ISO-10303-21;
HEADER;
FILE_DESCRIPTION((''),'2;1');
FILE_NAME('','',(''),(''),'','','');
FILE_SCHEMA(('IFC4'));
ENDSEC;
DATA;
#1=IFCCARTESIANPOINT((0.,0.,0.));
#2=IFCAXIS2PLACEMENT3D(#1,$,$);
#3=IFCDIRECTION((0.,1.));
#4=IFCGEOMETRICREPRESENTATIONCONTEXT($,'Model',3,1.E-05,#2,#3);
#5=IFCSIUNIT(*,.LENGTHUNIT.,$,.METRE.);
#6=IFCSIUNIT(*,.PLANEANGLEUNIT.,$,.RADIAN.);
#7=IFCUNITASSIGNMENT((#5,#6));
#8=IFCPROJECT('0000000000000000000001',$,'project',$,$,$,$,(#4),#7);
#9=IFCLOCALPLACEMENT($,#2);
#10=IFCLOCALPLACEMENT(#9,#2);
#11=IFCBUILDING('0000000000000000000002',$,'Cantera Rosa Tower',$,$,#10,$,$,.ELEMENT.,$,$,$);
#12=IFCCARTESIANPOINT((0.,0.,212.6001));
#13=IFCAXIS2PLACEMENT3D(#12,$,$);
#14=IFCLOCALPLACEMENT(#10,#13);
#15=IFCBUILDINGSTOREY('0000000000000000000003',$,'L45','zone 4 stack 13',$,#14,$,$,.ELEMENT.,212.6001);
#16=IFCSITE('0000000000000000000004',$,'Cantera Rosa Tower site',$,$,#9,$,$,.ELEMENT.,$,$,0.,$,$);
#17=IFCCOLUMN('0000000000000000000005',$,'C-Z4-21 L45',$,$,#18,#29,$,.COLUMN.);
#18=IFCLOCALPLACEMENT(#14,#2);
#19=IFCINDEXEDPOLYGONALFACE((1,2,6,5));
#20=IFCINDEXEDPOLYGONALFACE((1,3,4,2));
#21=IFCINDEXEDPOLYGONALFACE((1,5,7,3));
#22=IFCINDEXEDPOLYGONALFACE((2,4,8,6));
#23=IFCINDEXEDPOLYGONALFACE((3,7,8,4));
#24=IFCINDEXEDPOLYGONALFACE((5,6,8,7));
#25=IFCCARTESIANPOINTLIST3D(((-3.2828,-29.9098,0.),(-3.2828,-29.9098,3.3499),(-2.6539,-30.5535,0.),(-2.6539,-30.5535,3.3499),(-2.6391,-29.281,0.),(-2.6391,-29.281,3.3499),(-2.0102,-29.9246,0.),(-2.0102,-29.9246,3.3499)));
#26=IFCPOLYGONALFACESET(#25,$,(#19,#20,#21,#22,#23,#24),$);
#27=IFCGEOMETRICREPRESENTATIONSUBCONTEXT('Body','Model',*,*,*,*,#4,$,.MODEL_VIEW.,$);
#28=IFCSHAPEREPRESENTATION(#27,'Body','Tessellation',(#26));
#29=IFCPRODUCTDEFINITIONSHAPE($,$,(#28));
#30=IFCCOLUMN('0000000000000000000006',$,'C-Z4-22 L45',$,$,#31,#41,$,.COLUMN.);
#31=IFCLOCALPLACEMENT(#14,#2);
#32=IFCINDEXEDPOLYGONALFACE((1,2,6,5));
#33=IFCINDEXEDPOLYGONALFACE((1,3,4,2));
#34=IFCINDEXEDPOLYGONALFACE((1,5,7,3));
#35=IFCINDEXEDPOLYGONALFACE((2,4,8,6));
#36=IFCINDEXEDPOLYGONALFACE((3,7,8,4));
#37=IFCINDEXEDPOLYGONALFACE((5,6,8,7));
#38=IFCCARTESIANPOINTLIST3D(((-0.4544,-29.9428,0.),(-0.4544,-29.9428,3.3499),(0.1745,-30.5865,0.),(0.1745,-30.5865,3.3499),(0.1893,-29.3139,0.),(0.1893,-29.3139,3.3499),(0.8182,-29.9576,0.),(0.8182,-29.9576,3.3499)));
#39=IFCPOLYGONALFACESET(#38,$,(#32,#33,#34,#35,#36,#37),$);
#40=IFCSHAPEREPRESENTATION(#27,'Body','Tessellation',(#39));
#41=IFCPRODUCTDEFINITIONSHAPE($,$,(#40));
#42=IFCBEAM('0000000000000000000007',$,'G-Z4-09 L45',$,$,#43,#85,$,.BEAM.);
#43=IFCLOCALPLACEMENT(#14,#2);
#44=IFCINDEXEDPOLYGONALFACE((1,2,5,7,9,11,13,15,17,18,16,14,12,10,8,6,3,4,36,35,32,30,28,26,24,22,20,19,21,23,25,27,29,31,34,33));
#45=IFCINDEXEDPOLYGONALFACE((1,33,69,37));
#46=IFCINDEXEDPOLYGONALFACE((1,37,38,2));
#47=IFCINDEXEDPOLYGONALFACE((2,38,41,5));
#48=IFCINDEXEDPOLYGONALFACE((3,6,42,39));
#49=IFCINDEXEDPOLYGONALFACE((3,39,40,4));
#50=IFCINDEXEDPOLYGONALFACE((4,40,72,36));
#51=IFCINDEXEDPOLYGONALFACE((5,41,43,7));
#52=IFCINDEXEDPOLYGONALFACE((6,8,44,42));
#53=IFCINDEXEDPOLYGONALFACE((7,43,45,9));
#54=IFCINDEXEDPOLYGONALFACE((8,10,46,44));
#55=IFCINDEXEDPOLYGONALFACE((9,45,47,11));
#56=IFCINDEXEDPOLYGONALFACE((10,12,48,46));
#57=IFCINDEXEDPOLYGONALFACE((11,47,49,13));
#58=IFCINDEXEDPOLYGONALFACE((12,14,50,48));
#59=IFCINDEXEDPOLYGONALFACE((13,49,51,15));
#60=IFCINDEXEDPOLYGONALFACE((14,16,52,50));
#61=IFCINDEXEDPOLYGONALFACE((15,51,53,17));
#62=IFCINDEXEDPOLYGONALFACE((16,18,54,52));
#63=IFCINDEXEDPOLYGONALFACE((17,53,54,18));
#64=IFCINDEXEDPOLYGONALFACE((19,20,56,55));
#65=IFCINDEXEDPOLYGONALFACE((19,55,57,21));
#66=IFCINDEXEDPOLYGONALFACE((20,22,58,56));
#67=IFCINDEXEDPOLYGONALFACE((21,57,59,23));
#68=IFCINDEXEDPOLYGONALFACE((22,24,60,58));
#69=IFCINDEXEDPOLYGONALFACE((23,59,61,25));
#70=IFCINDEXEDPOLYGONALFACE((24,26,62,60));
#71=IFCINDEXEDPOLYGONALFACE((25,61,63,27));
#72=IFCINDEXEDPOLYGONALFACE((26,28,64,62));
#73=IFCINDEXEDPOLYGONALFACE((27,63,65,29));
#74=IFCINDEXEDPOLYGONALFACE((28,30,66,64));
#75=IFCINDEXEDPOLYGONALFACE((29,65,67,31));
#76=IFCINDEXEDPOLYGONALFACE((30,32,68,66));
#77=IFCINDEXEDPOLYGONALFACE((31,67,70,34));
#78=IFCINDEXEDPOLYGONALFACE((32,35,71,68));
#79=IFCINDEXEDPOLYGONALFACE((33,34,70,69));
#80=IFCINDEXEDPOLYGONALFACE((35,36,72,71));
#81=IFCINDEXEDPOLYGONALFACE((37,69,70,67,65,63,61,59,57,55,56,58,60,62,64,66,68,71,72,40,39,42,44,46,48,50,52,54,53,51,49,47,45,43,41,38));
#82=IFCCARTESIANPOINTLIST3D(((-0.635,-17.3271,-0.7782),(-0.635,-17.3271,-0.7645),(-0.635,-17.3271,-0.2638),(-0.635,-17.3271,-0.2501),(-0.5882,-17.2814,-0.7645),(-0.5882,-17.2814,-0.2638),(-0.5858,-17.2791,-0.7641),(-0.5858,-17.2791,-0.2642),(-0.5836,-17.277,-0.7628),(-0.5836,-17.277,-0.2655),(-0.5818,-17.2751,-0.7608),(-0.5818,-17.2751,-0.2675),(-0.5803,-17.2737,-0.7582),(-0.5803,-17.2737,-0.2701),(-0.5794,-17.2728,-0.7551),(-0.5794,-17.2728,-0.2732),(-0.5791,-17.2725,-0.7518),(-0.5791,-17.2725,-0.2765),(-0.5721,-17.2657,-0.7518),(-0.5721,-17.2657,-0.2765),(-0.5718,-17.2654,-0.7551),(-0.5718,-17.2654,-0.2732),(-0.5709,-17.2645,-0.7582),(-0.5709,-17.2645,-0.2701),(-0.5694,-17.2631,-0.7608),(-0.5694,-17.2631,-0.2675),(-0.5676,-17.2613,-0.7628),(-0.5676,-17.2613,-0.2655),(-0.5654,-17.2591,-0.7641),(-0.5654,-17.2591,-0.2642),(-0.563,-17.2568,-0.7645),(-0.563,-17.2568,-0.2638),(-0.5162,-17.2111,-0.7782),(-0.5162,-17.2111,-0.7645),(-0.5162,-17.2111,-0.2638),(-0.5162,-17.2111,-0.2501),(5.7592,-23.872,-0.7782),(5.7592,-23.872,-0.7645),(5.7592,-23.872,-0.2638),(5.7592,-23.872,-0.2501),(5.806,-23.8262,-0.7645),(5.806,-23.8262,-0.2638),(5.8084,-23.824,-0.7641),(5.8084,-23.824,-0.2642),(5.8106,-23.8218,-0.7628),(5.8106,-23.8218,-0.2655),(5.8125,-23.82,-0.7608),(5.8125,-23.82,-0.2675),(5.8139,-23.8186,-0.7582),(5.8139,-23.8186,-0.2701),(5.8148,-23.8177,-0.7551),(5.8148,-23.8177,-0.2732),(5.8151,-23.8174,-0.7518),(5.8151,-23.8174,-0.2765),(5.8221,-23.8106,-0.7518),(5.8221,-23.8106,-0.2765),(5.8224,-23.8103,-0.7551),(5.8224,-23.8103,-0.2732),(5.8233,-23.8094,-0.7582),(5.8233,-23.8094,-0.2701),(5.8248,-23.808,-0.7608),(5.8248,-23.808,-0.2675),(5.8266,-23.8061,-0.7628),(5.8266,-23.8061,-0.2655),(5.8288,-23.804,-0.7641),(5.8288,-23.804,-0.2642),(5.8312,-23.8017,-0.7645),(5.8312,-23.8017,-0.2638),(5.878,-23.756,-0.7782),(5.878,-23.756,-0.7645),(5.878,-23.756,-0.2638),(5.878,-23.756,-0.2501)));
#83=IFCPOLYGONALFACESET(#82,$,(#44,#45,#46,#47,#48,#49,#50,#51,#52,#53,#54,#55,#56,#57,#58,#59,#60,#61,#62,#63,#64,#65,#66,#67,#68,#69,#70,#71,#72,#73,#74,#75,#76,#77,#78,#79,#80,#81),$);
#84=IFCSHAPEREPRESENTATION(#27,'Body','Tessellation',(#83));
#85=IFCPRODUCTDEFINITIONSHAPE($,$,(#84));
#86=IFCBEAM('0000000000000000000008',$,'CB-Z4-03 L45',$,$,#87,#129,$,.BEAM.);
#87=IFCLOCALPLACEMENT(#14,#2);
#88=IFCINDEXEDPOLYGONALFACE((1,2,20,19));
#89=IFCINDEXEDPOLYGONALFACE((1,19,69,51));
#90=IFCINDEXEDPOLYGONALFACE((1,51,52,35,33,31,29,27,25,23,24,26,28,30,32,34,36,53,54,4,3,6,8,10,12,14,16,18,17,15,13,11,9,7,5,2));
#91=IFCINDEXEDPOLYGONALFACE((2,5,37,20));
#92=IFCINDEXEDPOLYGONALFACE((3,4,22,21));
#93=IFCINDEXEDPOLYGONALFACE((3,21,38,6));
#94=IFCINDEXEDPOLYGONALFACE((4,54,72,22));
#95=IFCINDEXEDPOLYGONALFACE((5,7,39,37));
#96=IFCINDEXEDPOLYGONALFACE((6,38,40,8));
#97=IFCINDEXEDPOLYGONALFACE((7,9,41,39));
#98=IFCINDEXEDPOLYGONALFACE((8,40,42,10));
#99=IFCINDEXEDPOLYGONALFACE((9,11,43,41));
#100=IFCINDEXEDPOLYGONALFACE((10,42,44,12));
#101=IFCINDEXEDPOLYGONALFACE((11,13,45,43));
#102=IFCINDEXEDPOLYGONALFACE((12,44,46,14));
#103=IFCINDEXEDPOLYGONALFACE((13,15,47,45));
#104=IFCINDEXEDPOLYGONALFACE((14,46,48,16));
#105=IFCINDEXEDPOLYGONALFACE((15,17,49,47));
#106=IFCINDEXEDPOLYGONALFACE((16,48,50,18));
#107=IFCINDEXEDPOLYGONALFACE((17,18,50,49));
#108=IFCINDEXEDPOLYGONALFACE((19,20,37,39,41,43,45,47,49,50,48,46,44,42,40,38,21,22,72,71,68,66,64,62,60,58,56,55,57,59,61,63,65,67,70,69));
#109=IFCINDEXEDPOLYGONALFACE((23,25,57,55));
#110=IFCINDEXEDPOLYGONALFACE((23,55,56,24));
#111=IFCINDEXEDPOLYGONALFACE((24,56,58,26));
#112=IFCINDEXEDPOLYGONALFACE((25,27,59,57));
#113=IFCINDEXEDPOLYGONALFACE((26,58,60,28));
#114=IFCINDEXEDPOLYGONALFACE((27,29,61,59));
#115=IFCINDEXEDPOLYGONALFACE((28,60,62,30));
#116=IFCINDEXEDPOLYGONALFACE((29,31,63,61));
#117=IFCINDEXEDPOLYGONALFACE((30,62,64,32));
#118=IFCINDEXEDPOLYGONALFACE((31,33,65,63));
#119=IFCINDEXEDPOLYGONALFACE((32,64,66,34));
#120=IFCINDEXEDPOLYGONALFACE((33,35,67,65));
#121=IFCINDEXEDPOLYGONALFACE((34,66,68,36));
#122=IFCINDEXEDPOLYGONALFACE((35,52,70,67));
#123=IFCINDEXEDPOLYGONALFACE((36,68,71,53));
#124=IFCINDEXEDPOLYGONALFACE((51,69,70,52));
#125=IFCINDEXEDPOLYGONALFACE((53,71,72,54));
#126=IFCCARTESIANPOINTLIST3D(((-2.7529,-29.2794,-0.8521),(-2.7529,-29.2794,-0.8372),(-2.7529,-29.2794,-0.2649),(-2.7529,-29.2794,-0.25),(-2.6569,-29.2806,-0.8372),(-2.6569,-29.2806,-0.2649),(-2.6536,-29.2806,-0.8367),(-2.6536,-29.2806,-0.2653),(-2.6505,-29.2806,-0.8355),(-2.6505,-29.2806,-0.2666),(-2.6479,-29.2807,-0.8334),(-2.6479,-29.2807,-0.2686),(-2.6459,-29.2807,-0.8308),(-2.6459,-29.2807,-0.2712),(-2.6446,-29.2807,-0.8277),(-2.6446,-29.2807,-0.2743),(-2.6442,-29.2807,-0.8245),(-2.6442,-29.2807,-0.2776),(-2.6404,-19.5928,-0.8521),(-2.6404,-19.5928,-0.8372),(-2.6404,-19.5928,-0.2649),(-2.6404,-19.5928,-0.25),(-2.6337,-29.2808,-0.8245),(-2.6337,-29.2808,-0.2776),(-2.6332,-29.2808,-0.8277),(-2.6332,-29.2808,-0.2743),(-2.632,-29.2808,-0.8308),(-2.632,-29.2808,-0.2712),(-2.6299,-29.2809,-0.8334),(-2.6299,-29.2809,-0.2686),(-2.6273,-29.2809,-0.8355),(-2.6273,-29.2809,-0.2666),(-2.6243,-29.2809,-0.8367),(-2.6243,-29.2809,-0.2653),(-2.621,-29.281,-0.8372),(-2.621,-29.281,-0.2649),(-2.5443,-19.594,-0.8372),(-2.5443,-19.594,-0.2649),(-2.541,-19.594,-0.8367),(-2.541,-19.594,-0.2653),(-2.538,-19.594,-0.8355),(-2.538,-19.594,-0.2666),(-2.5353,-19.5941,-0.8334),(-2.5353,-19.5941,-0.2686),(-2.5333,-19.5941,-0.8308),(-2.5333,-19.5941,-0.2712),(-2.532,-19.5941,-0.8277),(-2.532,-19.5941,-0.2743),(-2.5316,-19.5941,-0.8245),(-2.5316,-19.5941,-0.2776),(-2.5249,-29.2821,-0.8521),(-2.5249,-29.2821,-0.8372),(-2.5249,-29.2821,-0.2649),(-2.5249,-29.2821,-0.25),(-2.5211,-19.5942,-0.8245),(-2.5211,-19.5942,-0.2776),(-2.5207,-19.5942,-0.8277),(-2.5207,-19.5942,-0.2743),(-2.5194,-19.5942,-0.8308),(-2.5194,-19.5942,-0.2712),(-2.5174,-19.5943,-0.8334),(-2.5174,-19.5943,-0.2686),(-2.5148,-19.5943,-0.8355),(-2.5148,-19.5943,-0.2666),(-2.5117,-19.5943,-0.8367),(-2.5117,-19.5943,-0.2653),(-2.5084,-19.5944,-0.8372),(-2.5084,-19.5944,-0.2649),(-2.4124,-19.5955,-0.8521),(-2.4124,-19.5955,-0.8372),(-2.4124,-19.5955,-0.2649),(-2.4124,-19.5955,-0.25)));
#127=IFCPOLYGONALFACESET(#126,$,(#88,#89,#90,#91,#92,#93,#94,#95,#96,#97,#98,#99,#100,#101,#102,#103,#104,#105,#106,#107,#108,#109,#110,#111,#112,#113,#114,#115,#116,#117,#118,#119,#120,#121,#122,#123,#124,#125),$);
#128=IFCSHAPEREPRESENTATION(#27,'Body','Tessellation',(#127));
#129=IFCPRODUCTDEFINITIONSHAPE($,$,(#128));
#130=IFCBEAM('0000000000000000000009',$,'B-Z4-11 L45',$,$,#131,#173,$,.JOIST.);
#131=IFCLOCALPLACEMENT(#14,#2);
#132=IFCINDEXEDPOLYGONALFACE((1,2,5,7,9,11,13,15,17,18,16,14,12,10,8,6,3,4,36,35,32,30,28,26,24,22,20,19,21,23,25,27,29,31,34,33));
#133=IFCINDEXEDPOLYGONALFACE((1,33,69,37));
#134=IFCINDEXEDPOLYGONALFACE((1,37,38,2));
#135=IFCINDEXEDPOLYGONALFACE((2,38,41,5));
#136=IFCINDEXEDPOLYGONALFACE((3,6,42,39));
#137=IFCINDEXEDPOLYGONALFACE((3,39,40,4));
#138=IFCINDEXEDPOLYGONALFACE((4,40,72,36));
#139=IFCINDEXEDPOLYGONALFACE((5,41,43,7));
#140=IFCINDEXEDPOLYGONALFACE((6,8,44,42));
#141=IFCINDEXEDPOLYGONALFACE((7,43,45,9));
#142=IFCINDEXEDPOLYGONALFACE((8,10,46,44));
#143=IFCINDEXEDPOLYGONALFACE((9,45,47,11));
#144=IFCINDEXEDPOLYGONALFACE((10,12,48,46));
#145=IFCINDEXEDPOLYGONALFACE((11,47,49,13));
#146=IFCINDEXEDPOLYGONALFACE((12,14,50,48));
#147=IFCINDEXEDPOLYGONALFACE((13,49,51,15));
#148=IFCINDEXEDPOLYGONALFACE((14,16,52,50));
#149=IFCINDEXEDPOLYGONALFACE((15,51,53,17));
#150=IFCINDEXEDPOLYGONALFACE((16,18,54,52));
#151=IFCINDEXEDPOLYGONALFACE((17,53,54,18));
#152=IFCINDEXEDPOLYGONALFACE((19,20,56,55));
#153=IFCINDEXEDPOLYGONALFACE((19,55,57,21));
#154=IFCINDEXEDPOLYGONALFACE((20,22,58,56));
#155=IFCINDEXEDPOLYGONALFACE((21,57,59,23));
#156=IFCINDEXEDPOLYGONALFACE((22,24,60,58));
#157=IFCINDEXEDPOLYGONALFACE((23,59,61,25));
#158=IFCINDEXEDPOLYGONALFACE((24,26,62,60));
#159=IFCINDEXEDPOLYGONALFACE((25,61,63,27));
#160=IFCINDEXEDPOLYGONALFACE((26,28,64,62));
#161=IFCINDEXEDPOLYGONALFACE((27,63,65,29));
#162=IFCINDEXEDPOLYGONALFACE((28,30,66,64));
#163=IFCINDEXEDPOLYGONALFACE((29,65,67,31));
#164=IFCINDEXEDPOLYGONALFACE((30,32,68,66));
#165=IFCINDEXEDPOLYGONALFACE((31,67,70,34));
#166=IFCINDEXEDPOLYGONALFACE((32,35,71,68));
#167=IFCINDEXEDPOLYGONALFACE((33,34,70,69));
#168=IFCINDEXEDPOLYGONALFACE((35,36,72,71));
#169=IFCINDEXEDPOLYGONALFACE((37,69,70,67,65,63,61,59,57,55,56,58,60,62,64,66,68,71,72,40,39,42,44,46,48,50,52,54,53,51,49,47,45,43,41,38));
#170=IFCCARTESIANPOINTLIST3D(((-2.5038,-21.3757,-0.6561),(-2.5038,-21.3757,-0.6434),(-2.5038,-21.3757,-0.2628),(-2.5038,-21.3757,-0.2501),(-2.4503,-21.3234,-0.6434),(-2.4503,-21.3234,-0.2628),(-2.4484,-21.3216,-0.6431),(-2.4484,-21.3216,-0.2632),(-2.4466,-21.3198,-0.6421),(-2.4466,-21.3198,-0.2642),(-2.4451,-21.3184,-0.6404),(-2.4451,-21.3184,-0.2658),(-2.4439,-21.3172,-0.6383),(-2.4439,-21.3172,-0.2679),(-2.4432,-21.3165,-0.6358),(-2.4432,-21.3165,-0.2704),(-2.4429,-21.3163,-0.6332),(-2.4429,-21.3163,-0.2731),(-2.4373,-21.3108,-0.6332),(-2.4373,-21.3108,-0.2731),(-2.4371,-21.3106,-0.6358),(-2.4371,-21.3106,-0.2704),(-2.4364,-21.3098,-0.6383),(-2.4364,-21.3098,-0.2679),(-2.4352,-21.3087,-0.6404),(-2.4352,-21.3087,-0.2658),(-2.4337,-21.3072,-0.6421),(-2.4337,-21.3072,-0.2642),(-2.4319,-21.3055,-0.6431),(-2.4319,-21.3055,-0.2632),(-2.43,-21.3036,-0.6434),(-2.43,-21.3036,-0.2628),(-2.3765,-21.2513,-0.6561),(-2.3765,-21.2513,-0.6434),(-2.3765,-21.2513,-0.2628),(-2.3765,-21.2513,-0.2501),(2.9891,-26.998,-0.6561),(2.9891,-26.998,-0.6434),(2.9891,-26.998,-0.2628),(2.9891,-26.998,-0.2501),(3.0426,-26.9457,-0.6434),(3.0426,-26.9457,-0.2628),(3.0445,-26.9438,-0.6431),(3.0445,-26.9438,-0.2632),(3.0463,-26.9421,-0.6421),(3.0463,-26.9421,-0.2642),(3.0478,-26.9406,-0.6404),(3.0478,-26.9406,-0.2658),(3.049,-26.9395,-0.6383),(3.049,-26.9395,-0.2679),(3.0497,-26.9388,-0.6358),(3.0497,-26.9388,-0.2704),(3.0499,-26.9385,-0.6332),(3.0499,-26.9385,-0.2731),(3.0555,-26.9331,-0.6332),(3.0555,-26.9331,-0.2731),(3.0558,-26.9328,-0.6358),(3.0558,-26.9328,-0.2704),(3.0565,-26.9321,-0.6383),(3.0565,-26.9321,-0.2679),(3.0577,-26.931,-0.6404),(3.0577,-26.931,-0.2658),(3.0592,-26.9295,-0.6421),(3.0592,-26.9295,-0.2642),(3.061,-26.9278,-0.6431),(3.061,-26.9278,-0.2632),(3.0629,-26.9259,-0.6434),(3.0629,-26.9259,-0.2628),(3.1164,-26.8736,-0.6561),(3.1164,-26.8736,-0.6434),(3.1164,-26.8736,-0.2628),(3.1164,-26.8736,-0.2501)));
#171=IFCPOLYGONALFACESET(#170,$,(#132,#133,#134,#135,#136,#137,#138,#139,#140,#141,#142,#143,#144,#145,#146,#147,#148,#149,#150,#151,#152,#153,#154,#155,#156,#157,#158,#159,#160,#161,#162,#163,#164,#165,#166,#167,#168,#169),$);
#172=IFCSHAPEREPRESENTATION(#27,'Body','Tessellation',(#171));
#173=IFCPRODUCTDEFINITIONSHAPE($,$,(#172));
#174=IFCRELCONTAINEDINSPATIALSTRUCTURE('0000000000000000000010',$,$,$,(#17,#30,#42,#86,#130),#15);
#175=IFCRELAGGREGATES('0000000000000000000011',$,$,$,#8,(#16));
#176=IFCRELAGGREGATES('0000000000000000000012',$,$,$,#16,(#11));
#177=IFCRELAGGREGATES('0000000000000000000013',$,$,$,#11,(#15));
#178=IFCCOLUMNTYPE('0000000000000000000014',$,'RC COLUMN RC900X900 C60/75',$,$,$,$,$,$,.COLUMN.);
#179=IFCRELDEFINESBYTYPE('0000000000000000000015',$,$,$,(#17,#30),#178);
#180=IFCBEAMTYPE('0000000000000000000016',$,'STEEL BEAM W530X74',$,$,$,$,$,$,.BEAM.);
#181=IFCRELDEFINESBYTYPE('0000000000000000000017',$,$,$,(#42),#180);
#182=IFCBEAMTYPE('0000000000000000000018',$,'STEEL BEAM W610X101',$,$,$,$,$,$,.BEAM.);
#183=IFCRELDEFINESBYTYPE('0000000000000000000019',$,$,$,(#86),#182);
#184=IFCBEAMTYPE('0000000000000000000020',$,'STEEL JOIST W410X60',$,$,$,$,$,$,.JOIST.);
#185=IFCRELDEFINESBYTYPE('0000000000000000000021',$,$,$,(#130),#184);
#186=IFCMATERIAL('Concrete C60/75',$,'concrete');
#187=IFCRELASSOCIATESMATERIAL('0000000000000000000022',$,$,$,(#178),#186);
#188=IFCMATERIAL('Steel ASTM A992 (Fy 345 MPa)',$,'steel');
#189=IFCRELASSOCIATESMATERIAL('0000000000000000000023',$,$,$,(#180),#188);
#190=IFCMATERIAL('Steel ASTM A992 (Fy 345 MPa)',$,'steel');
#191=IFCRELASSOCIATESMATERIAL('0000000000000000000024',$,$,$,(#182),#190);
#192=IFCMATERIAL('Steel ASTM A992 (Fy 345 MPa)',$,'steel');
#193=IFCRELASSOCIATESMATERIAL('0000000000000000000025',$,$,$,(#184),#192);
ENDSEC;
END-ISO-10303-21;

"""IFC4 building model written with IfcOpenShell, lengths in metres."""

from ifc_helpers import new_model, si_unit, direction, frame, origin, origin_2d, place, context, subcontext, project, spatial, rectangle, i_section, extrude, material, material_profile, profile_set, type_object, element, save


model = new_model("IFC4")

# Units and contexts
model_context = context("Model", 3, precision=1e-05, world=origin(), true_north=direction((0.0, 1.0)))
body_context = subcontext(model_context, "Body", "Model", "MODEL_VIEW")
ifc_project = project(units=[si_unit("LENGTHUNIT", "METRE"), si_unit("PLANEANGLEUNIT", "RADIAN")], contexts=[model_context])

# Site, building, storey
site_placement = place(None, origin())
site = spatial("IfcSite", under=ifc_project, at=site_placement, Name="Cantera Rosa Tower site", CompositionType="ELEMENT", RefElevation=0.0)
building_placement = place(site_placement, origin())
building = spatial("IfcBuilding", under=site, at=building_placement, Name="Cantera Rosa Tower", CompositionType="ELEMENT")
storey_placement = place(building_placement, frame((0.0, 0.0, 212.6001)))
storey = spatial("IfcBuildingStorey", under=building, at=storey_placement, Name="L45", Description="zone 4 stack 13", CompositionType="ELEMENT", Elevation=212.6001)

# Columns
ifc_material_1 = material(Name="Concrete C60/75", Category="concrete")
ifc_material_profile_1 = material_profile(ifc_material_1, rectangle(XDim=0.8999, YDim=0.8999, at=origin_2d()), Name="RC COLUMN RC900X900 C60/75")
ifc_profile_set_1 = profile_set([ifc_material_profile_1], Name="Concrete C60/75")
column_type = type_object("IfcColumnType", Name="RC COLUMN RC900X900 C60/75", PredefinedType="COLUMN", material=ifc_profile_set_1)
for number, where, z_axis, x_axis, name in (
    (1, (-2.6465, -29.9172, 0.0), (0.0, 0.0, 1.0), (0.715286, 0.698832, 0.0), "C-Z4-21 L45"),
    (2, (0.1819, -29.9502, 0.0), (0.0, 0.0, 1.0), (0.715286, 0.698832, 0.0), "C-Z4-22 L45"),
):
    element("IfcColumn", number, at=place(storey_placement, frame(where, z_axis=z_axis, x_axis=x_axis)), inside=storey, type_object=column_type, Name=name, PredefinedType="COLUMN", context=body_context, shape_type="SweptSolid", body=[
        extrude(rectangle(XDim=0.8999, YDim=0.8999, at=origin_2d()), origin(), (0.0, 0.0, 1.0), 3.3499),
    ])

# Beams
ifc_material_2 = material(Name="Steel ASTM A992 (Fy 345 MPa)", Category="steel")
ifc_material_profile_2 = material_profile(ifc_material_2, i_section(OverallWidth=0.166, OverallDepth=0.5281, WebThickness=0.0098, FlangeThickness=0.0137, FilletRadius=0.0127, at=origin_2d()), Name="W530X74")
ifc_profile_set_2 = profile_set([ifc_material_profile_2], Name="Steel ASTM A992 (Fy 345 MPa)")
beam_type_1 = type_object("IfcBeamType", Name="STEEL BEAM W530X74", PredefinedType="BEAM", material=ifc_profile_set_2)
beam_1_placement = place(storey_placement, frame((5.8186, -23.814, -0.5142), z_axis=(-0.698827, 0.71529, 0.0), x_axis=(-0.71529, -0.698827, 0.0)))
element("IfcBeam", 3, at=beam_1_placement, inside=storey, type_object=beam_type_1, Name="G-Z4-09 L45", PredefinedType="BEAM", context=body_context, shape_type="SweptSolid", body=[
    extrude(i_section(OverallWidth=0.166, OverallDepth=0.5281, WebThickness=0.0098, FlangeThickness=0.0137, FilletRadius=0.0127, at=origin_2d()), origin(), (0.0, 0.0, 1.0), 9.1499),
])
ifc_material_3 = material(Name="Steel ASTM A992 (Fy 345 MPa)", Category="steel")
ifc_material_profile_3 = material_profile(ifc_material_3, i_section(OverallWidth=0.228, OverallDepth=0.6021, WebThickness=0.0105, FlangeThickness=0.0149, FilletRadius=0.0127, at=origin_2d()), Name="W610X101")
ifc_profile_set_3 = profile_set([ifc_material_profile_3], Name="Steel ASTM A992 (Fy 345 MPa)")
beam_type_2 = type_object("IfcBeamType", Name="STEEL BEAM W610X101", PredefinedType="BEAM", material=ifc_profile_set_3)
beam_2_placement = place(storey_placement, frame((-2.6389, -29.2808, -0.551), z_axis=(0.011618, 0.999933, 0.0), x_axis=(-0.999933, 0.011618, 0.0)))
element("IfcBeam", 4, at=beam_2_placement, inside=storey, type_object=beam_type_2, Name="CB-Z4-03 L45", PredefinedType="BEAM", context=body_context, shape_type="SweptSolid", body=[
    extrude(i_section(OverallWidth=0.228, OverallDepth=0.6021, WebThickness=0.0105, FlangeThickness=0.0149, FilletRadius=0.0127, at=origin_2d()), origin(), (0.0, 0.0, 1.0), 9.6873),
])
ifc_material_4 = material(Name="Steel ASTM A992 (Fy 345 MPa)", Category="steel")
ifc_material_profile_4 = material_profile(ifc_material_4, i_section(OverallWidth=0.178, OverallDepth=0.406, WebThickness=0.0078, FlangeThickness=0.0127, FilletRadius=0.0103, at=origin_2d()), Name="W410X60")
ifc_profile_set_4 = profile_set([ifc_material_profile_4], Name="Steel ASTM A992 (Fy 345 MPa)")
beam_type_3 = type_object("IfcBeamType", Name="STEEL JOIST W410X60", PredefinedType="JOIST", material=ifc_profile_set_4)
beam_3_placement = place(storey_placement, frame((3.0527, -26.9358, -0.4531), z_axis=(-0.698828, 0.71529, 0.0), x_axis=(-0.71529, -0.698828, 0.0)))
element("IfcBeam", 5, at=beam_3_placement, inside=storey, type_object=beam_type_3, Name="B-Z4-11 L45", PredefinedType="JOIST", context=body_context, shape_type="SweptSolid", body=[
    extrude(i_section(OverallWidth=0.178, OverallDepth=0.406, WebThickness=0.0078, FlangeThickness=0.0127, FilletRadius=0.0103, at=origin_2d()), origin(), (0.0, 0.0, 1.0), 7.8601),
])

save(model, "model.ifc")
